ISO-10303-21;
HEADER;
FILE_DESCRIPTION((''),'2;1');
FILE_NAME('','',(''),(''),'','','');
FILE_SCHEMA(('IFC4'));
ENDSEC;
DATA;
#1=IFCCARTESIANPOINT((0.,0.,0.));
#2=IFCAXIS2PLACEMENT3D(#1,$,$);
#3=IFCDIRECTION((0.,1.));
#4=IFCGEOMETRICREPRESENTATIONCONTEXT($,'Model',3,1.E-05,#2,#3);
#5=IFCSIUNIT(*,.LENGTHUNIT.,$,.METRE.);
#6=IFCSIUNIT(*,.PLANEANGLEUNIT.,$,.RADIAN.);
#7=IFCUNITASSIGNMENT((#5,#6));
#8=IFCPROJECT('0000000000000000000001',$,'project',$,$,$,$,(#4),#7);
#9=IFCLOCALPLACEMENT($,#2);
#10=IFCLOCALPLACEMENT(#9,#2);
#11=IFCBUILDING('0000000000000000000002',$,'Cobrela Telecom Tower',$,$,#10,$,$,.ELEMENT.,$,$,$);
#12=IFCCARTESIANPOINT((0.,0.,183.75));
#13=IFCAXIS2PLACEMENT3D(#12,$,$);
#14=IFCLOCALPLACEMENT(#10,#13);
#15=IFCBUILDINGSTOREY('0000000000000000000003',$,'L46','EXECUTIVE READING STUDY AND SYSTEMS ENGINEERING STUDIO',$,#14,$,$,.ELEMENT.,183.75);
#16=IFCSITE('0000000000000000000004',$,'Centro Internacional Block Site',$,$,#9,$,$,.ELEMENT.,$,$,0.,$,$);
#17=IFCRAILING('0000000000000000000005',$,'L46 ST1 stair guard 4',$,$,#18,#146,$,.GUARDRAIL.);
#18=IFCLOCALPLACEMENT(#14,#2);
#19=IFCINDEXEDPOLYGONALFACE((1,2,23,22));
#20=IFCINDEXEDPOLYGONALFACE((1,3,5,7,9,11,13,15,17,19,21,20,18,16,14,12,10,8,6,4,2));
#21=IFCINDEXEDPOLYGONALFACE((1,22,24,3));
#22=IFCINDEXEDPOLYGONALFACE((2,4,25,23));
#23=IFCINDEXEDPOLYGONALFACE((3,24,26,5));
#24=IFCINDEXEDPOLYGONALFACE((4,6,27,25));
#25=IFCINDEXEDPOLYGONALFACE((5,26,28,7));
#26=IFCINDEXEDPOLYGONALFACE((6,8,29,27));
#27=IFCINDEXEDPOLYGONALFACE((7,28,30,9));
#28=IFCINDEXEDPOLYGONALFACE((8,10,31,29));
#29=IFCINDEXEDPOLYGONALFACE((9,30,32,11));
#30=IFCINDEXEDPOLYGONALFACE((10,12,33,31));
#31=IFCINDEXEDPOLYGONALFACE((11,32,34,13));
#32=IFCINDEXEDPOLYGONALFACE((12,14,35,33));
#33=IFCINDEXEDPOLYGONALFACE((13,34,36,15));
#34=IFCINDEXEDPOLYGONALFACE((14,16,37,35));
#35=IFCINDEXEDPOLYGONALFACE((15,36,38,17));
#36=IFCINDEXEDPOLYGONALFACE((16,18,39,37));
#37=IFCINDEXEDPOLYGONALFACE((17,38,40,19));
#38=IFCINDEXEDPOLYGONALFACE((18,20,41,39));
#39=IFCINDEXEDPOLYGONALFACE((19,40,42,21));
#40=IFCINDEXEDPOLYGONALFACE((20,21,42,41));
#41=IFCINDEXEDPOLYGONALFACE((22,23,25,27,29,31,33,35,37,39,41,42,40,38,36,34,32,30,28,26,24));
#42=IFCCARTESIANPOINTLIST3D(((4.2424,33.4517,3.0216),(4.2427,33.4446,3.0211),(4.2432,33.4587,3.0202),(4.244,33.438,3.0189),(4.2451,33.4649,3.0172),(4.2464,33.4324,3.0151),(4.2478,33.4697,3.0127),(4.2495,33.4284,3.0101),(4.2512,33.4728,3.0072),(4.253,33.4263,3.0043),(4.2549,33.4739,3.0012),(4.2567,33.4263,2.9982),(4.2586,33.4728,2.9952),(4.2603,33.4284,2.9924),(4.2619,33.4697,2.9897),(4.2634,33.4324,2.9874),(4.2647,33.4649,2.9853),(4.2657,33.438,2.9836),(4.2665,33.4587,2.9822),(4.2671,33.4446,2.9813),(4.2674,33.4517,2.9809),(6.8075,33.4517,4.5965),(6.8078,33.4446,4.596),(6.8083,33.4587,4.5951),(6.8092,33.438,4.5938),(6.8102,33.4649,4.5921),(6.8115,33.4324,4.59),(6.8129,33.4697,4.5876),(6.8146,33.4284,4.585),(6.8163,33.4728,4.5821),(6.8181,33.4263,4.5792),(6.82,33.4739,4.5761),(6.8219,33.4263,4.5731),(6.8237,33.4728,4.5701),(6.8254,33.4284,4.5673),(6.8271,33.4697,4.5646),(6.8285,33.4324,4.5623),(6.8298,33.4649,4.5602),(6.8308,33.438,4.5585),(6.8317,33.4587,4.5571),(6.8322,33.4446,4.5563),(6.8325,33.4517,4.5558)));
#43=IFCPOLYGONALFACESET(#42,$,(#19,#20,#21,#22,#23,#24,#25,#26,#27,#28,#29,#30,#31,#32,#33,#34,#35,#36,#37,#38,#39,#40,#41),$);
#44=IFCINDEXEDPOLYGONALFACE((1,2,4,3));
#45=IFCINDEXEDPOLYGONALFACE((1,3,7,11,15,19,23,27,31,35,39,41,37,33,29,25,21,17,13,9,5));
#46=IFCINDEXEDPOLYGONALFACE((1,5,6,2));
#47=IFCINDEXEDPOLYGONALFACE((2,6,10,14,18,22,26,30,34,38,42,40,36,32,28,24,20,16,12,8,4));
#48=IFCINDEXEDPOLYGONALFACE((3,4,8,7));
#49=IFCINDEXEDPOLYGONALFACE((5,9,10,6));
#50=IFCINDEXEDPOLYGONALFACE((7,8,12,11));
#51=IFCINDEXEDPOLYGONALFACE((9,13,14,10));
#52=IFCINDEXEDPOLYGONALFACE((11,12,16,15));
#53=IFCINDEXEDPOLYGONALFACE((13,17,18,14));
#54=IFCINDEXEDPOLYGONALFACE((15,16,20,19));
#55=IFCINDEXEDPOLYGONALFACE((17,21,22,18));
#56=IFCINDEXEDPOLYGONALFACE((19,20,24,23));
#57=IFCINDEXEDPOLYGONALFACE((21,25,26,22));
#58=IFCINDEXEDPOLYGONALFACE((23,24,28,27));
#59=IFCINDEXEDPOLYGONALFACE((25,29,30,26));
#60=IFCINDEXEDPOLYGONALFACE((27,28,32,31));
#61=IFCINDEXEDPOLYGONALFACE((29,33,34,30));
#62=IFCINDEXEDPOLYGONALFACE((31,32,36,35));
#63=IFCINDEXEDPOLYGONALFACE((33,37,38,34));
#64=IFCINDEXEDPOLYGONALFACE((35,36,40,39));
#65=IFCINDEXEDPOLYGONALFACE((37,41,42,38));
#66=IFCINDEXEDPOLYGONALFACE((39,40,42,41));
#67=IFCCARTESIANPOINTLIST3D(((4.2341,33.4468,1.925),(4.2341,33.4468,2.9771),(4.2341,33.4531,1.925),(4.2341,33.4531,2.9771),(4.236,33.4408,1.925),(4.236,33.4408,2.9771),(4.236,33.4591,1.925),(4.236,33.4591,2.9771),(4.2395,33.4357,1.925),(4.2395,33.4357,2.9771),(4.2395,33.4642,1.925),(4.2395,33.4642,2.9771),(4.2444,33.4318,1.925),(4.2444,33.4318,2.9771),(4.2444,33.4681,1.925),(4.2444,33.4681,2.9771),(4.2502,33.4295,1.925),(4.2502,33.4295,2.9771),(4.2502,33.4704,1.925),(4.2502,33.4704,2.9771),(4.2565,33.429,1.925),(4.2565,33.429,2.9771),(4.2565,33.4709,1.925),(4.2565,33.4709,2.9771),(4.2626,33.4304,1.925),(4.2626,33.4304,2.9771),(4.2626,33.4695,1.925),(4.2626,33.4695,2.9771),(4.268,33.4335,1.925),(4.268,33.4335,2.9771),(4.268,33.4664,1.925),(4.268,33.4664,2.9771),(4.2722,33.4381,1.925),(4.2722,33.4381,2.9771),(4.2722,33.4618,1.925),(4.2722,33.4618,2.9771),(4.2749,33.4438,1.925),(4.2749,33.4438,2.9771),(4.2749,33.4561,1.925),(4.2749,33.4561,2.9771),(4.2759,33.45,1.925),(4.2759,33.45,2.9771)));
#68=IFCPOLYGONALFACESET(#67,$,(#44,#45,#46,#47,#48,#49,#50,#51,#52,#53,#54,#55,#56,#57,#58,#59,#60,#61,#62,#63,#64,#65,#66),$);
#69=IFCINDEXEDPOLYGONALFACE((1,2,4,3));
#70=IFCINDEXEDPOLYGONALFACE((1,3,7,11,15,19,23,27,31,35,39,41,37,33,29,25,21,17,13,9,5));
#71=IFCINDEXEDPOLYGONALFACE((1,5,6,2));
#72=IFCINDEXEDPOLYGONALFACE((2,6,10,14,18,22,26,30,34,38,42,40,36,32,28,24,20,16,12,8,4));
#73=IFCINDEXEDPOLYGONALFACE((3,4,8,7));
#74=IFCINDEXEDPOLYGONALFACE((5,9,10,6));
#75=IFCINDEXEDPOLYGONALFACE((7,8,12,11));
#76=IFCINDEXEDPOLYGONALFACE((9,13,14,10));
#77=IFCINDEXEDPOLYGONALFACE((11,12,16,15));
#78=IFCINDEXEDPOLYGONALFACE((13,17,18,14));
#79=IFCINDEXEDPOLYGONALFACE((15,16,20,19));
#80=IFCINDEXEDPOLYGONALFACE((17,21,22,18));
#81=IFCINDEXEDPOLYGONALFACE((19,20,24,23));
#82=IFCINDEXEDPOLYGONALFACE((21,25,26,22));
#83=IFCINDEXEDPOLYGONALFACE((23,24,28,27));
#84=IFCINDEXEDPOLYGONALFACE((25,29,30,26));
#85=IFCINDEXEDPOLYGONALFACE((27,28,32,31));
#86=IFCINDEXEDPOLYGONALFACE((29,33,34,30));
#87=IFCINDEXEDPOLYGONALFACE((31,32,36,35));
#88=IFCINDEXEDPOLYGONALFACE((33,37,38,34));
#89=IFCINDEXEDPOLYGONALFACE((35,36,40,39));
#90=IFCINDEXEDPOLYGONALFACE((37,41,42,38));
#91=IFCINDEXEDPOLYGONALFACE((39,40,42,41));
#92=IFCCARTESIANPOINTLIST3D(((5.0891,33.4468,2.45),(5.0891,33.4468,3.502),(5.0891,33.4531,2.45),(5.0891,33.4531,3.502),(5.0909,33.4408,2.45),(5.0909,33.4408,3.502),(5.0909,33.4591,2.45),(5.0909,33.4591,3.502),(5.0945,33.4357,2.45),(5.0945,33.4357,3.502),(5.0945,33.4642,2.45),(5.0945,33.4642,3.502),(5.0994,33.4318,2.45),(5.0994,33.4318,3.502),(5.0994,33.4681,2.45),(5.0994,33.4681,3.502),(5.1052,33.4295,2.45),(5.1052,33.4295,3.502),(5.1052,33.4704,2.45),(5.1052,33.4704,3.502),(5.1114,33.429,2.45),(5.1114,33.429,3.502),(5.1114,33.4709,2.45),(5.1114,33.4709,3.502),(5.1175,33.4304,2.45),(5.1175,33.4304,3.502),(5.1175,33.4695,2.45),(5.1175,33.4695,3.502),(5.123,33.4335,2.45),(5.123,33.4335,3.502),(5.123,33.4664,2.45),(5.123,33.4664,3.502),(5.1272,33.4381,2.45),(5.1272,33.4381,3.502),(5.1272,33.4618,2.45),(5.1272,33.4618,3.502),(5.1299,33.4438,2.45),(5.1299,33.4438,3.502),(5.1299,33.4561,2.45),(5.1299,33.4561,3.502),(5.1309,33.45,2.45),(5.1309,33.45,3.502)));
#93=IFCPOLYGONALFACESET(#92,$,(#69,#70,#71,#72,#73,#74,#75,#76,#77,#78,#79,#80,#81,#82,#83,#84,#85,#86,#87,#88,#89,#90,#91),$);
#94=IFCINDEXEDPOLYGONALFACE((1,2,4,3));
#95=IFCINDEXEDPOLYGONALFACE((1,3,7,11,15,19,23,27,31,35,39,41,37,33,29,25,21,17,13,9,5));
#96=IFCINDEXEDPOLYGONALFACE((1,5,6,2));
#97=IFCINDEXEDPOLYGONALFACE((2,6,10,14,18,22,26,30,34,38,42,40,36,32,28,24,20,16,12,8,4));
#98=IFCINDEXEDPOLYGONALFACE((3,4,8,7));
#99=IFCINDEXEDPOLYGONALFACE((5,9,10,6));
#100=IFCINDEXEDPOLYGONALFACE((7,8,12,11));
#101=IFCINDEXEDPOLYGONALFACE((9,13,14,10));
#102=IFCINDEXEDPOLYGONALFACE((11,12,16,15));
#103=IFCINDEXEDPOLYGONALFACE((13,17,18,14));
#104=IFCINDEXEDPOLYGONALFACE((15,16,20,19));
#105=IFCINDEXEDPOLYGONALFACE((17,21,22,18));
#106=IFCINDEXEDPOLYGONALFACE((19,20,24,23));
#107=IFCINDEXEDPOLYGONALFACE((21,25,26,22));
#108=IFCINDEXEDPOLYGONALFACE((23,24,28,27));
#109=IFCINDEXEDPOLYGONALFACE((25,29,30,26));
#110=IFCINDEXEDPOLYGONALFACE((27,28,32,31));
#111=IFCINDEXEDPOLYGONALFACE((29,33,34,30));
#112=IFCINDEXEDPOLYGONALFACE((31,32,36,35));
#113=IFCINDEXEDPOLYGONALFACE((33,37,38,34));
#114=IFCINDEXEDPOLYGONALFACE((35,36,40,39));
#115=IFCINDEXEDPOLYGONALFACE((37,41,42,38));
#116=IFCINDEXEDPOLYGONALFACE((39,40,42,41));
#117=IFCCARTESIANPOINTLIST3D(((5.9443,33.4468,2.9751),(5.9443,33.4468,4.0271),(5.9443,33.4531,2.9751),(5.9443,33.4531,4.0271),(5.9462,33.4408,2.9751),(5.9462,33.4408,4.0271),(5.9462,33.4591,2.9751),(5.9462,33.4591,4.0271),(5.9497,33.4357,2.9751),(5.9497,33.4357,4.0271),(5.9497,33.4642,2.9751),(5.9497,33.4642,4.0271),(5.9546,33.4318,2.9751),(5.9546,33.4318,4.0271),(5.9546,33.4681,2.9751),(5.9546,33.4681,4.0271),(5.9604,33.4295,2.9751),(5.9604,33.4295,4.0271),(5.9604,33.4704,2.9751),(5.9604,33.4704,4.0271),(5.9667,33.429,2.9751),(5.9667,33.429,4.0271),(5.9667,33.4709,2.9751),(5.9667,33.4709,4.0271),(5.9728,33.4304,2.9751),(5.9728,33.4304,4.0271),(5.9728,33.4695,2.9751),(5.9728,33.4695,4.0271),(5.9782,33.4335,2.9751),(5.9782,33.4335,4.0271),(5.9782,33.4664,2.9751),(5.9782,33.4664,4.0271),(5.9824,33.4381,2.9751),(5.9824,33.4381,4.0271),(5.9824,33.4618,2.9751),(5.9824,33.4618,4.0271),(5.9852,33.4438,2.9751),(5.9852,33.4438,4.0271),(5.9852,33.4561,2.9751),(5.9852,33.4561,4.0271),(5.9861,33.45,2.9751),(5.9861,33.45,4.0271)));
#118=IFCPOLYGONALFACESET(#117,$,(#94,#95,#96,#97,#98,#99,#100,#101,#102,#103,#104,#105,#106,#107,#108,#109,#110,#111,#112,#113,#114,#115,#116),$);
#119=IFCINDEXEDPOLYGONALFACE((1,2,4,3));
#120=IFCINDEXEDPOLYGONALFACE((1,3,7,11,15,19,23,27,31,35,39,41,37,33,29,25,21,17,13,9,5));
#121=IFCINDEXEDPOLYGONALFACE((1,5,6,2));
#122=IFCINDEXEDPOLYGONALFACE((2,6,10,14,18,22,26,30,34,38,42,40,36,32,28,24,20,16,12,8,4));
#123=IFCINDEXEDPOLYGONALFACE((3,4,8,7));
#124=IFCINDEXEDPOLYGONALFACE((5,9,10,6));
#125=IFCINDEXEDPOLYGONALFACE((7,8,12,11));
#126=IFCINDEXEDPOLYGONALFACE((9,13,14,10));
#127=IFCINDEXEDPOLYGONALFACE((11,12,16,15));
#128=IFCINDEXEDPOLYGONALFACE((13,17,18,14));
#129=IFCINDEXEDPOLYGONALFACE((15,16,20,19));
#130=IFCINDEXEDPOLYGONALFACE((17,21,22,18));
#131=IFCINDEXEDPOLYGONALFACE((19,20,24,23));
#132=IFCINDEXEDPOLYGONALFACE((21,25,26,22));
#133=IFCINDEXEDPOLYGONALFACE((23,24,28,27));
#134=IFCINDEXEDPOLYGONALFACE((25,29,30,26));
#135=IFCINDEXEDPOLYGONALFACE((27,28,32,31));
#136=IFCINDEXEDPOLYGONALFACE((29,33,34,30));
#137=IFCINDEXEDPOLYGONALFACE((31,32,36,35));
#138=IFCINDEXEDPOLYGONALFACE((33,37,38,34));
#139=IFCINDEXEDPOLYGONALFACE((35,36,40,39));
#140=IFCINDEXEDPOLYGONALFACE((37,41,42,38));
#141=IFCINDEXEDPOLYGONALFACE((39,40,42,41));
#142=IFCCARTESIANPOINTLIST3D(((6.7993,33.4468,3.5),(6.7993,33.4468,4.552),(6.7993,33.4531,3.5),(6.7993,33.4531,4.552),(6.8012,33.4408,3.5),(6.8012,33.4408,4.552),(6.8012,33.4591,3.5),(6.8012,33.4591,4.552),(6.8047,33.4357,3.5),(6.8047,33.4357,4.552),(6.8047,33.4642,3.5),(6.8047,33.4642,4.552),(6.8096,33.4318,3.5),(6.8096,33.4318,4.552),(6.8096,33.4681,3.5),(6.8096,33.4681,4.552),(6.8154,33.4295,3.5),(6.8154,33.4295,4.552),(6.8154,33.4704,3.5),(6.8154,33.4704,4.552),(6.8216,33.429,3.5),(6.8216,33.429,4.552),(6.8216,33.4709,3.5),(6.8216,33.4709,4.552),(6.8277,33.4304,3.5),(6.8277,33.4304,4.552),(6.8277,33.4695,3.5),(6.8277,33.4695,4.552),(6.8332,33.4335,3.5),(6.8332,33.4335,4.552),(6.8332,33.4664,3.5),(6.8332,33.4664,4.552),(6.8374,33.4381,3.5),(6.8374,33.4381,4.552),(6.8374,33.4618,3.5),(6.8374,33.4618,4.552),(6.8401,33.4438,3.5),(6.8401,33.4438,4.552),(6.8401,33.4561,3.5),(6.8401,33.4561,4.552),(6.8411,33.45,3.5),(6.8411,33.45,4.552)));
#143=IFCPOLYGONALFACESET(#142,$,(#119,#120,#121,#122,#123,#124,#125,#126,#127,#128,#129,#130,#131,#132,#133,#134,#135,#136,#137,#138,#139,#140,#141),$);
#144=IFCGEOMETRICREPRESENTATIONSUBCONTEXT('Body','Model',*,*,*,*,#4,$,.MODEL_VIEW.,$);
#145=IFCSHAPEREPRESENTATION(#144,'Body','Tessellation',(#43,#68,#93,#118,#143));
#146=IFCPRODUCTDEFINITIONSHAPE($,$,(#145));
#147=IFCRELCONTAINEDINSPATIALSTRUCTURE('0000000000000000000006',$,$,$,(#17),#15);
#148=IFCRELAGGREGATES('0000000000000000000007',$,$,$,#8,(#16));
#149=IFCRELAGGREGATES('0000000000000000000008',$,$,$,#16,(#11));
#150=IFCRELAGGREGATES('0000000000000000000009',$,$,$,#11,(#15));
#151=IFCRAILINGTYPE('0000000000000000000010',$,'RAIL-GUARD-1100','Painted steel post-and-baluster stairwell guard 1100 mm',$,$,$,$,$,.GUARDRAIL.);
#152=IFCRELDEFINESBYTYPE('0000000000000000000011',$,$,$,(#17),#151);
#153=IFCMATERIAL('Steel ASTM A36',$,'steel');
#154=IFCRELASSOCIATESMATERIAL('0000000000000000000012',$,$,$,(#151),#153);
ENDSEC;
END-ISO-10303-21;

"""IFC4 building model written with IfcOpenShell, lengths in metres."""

from ifc_helpers import new_model, si_unit, direction, frame, origin, origin_2d, place, context, subcontext, project, spatial, circle, extrude, material, type_object, element, save


model = new_model("IFC4")

# Units and contexts
model_context = context("Model", 3, precision=1e-05, world=origin(), true_north=direction((0.0, 1.0)))
body_context = subcontext(model_context, "Body", "Model", "MODEL_VIEW")
ifc_project = project(units=[si_unit("LENGTHUNIT", "METRE"), si_unit("PLANEANGLEUNIT", "RADIAN")], contexts=[model_context])

# Site, building, storey
site_placement = place(None, origin())
site = spatial("IfcSite", under=ifc_project, at=site_placement, Name="Centro Internacional Block Site", CompositionType="ELEMENT", RefElevation=0.0)
building_placement = place(site_placement, origin())
building = spatial("IfcBuilding", under=site, at=building_placement, Name="Cobrela Telecom Tower", CompositionType="ELEMENT")
storey_placement = place(building_placement, frame((0.0, 0.0, 183.75)))
storey = spatial("IfcBuildingStorey", under=building, at=storey_placement, Name="L46", Description="EXECUTIVE READING STUDY AND SYSTEMS ENGINEERING STUDIO", CompositionType="ELEMENT", Elevation=183.75)

# Shared definitions
ifc_material_1 = material(Name="Steel ASTM A36", Category="steel")

# Railing
railing_type_1 = type_object("IfcRailingType", Name="RAIL-GUARD-1100", Description="Painted steel post-and-baluster stairwell guard 1100 mm", PredefinedType="GUARDRAIL", material=ifc_material_1)
railing_1_placement = place(storey_placement, frame((4.2549, 33.45, 1.925)))
element("IfcRailing", 1, at=railing_1_placement, inside=storey, type_object=railing_type_1, Name="L46 ST1 stair guard 4", PredefinedType="GUARDRAIL", context=body_context, shape_type="SweptSolid", body=[
    extrude(circle(Radius=0.0239, at=origin_2d()), frame((0.0, 0.0, 1.0762), z_axis=(0.852195, 0.0, 0.523224), x_axis=(0.0, 1.0, 0.0)), (0.0, 0.0, 1.0), 3.01),
    extrude(circle(Radius=0.021, at=origin_2d()), origin(), (0.0, 0.0, 1.0), 1.052),
    extrude(circle(Radius=0.021, at=origin_2d()), frame((0.855, 0.0, 0.5249)), (0.0, 0.0, 1.0), 1.052),
    extrude(circle(Radius=0.021, at=origin_2d()), frame((1.7102, 0.0, 1.05)), (0.0, 0.0, 1.0), 1.052),
    extrude(circle(Radius=0.021, at=origin_2d()), frame((2.5652, 0.0, 1.575)), (0.0, 0.0, 1.0), 1.052),
])

save(model, "model.ifc")
